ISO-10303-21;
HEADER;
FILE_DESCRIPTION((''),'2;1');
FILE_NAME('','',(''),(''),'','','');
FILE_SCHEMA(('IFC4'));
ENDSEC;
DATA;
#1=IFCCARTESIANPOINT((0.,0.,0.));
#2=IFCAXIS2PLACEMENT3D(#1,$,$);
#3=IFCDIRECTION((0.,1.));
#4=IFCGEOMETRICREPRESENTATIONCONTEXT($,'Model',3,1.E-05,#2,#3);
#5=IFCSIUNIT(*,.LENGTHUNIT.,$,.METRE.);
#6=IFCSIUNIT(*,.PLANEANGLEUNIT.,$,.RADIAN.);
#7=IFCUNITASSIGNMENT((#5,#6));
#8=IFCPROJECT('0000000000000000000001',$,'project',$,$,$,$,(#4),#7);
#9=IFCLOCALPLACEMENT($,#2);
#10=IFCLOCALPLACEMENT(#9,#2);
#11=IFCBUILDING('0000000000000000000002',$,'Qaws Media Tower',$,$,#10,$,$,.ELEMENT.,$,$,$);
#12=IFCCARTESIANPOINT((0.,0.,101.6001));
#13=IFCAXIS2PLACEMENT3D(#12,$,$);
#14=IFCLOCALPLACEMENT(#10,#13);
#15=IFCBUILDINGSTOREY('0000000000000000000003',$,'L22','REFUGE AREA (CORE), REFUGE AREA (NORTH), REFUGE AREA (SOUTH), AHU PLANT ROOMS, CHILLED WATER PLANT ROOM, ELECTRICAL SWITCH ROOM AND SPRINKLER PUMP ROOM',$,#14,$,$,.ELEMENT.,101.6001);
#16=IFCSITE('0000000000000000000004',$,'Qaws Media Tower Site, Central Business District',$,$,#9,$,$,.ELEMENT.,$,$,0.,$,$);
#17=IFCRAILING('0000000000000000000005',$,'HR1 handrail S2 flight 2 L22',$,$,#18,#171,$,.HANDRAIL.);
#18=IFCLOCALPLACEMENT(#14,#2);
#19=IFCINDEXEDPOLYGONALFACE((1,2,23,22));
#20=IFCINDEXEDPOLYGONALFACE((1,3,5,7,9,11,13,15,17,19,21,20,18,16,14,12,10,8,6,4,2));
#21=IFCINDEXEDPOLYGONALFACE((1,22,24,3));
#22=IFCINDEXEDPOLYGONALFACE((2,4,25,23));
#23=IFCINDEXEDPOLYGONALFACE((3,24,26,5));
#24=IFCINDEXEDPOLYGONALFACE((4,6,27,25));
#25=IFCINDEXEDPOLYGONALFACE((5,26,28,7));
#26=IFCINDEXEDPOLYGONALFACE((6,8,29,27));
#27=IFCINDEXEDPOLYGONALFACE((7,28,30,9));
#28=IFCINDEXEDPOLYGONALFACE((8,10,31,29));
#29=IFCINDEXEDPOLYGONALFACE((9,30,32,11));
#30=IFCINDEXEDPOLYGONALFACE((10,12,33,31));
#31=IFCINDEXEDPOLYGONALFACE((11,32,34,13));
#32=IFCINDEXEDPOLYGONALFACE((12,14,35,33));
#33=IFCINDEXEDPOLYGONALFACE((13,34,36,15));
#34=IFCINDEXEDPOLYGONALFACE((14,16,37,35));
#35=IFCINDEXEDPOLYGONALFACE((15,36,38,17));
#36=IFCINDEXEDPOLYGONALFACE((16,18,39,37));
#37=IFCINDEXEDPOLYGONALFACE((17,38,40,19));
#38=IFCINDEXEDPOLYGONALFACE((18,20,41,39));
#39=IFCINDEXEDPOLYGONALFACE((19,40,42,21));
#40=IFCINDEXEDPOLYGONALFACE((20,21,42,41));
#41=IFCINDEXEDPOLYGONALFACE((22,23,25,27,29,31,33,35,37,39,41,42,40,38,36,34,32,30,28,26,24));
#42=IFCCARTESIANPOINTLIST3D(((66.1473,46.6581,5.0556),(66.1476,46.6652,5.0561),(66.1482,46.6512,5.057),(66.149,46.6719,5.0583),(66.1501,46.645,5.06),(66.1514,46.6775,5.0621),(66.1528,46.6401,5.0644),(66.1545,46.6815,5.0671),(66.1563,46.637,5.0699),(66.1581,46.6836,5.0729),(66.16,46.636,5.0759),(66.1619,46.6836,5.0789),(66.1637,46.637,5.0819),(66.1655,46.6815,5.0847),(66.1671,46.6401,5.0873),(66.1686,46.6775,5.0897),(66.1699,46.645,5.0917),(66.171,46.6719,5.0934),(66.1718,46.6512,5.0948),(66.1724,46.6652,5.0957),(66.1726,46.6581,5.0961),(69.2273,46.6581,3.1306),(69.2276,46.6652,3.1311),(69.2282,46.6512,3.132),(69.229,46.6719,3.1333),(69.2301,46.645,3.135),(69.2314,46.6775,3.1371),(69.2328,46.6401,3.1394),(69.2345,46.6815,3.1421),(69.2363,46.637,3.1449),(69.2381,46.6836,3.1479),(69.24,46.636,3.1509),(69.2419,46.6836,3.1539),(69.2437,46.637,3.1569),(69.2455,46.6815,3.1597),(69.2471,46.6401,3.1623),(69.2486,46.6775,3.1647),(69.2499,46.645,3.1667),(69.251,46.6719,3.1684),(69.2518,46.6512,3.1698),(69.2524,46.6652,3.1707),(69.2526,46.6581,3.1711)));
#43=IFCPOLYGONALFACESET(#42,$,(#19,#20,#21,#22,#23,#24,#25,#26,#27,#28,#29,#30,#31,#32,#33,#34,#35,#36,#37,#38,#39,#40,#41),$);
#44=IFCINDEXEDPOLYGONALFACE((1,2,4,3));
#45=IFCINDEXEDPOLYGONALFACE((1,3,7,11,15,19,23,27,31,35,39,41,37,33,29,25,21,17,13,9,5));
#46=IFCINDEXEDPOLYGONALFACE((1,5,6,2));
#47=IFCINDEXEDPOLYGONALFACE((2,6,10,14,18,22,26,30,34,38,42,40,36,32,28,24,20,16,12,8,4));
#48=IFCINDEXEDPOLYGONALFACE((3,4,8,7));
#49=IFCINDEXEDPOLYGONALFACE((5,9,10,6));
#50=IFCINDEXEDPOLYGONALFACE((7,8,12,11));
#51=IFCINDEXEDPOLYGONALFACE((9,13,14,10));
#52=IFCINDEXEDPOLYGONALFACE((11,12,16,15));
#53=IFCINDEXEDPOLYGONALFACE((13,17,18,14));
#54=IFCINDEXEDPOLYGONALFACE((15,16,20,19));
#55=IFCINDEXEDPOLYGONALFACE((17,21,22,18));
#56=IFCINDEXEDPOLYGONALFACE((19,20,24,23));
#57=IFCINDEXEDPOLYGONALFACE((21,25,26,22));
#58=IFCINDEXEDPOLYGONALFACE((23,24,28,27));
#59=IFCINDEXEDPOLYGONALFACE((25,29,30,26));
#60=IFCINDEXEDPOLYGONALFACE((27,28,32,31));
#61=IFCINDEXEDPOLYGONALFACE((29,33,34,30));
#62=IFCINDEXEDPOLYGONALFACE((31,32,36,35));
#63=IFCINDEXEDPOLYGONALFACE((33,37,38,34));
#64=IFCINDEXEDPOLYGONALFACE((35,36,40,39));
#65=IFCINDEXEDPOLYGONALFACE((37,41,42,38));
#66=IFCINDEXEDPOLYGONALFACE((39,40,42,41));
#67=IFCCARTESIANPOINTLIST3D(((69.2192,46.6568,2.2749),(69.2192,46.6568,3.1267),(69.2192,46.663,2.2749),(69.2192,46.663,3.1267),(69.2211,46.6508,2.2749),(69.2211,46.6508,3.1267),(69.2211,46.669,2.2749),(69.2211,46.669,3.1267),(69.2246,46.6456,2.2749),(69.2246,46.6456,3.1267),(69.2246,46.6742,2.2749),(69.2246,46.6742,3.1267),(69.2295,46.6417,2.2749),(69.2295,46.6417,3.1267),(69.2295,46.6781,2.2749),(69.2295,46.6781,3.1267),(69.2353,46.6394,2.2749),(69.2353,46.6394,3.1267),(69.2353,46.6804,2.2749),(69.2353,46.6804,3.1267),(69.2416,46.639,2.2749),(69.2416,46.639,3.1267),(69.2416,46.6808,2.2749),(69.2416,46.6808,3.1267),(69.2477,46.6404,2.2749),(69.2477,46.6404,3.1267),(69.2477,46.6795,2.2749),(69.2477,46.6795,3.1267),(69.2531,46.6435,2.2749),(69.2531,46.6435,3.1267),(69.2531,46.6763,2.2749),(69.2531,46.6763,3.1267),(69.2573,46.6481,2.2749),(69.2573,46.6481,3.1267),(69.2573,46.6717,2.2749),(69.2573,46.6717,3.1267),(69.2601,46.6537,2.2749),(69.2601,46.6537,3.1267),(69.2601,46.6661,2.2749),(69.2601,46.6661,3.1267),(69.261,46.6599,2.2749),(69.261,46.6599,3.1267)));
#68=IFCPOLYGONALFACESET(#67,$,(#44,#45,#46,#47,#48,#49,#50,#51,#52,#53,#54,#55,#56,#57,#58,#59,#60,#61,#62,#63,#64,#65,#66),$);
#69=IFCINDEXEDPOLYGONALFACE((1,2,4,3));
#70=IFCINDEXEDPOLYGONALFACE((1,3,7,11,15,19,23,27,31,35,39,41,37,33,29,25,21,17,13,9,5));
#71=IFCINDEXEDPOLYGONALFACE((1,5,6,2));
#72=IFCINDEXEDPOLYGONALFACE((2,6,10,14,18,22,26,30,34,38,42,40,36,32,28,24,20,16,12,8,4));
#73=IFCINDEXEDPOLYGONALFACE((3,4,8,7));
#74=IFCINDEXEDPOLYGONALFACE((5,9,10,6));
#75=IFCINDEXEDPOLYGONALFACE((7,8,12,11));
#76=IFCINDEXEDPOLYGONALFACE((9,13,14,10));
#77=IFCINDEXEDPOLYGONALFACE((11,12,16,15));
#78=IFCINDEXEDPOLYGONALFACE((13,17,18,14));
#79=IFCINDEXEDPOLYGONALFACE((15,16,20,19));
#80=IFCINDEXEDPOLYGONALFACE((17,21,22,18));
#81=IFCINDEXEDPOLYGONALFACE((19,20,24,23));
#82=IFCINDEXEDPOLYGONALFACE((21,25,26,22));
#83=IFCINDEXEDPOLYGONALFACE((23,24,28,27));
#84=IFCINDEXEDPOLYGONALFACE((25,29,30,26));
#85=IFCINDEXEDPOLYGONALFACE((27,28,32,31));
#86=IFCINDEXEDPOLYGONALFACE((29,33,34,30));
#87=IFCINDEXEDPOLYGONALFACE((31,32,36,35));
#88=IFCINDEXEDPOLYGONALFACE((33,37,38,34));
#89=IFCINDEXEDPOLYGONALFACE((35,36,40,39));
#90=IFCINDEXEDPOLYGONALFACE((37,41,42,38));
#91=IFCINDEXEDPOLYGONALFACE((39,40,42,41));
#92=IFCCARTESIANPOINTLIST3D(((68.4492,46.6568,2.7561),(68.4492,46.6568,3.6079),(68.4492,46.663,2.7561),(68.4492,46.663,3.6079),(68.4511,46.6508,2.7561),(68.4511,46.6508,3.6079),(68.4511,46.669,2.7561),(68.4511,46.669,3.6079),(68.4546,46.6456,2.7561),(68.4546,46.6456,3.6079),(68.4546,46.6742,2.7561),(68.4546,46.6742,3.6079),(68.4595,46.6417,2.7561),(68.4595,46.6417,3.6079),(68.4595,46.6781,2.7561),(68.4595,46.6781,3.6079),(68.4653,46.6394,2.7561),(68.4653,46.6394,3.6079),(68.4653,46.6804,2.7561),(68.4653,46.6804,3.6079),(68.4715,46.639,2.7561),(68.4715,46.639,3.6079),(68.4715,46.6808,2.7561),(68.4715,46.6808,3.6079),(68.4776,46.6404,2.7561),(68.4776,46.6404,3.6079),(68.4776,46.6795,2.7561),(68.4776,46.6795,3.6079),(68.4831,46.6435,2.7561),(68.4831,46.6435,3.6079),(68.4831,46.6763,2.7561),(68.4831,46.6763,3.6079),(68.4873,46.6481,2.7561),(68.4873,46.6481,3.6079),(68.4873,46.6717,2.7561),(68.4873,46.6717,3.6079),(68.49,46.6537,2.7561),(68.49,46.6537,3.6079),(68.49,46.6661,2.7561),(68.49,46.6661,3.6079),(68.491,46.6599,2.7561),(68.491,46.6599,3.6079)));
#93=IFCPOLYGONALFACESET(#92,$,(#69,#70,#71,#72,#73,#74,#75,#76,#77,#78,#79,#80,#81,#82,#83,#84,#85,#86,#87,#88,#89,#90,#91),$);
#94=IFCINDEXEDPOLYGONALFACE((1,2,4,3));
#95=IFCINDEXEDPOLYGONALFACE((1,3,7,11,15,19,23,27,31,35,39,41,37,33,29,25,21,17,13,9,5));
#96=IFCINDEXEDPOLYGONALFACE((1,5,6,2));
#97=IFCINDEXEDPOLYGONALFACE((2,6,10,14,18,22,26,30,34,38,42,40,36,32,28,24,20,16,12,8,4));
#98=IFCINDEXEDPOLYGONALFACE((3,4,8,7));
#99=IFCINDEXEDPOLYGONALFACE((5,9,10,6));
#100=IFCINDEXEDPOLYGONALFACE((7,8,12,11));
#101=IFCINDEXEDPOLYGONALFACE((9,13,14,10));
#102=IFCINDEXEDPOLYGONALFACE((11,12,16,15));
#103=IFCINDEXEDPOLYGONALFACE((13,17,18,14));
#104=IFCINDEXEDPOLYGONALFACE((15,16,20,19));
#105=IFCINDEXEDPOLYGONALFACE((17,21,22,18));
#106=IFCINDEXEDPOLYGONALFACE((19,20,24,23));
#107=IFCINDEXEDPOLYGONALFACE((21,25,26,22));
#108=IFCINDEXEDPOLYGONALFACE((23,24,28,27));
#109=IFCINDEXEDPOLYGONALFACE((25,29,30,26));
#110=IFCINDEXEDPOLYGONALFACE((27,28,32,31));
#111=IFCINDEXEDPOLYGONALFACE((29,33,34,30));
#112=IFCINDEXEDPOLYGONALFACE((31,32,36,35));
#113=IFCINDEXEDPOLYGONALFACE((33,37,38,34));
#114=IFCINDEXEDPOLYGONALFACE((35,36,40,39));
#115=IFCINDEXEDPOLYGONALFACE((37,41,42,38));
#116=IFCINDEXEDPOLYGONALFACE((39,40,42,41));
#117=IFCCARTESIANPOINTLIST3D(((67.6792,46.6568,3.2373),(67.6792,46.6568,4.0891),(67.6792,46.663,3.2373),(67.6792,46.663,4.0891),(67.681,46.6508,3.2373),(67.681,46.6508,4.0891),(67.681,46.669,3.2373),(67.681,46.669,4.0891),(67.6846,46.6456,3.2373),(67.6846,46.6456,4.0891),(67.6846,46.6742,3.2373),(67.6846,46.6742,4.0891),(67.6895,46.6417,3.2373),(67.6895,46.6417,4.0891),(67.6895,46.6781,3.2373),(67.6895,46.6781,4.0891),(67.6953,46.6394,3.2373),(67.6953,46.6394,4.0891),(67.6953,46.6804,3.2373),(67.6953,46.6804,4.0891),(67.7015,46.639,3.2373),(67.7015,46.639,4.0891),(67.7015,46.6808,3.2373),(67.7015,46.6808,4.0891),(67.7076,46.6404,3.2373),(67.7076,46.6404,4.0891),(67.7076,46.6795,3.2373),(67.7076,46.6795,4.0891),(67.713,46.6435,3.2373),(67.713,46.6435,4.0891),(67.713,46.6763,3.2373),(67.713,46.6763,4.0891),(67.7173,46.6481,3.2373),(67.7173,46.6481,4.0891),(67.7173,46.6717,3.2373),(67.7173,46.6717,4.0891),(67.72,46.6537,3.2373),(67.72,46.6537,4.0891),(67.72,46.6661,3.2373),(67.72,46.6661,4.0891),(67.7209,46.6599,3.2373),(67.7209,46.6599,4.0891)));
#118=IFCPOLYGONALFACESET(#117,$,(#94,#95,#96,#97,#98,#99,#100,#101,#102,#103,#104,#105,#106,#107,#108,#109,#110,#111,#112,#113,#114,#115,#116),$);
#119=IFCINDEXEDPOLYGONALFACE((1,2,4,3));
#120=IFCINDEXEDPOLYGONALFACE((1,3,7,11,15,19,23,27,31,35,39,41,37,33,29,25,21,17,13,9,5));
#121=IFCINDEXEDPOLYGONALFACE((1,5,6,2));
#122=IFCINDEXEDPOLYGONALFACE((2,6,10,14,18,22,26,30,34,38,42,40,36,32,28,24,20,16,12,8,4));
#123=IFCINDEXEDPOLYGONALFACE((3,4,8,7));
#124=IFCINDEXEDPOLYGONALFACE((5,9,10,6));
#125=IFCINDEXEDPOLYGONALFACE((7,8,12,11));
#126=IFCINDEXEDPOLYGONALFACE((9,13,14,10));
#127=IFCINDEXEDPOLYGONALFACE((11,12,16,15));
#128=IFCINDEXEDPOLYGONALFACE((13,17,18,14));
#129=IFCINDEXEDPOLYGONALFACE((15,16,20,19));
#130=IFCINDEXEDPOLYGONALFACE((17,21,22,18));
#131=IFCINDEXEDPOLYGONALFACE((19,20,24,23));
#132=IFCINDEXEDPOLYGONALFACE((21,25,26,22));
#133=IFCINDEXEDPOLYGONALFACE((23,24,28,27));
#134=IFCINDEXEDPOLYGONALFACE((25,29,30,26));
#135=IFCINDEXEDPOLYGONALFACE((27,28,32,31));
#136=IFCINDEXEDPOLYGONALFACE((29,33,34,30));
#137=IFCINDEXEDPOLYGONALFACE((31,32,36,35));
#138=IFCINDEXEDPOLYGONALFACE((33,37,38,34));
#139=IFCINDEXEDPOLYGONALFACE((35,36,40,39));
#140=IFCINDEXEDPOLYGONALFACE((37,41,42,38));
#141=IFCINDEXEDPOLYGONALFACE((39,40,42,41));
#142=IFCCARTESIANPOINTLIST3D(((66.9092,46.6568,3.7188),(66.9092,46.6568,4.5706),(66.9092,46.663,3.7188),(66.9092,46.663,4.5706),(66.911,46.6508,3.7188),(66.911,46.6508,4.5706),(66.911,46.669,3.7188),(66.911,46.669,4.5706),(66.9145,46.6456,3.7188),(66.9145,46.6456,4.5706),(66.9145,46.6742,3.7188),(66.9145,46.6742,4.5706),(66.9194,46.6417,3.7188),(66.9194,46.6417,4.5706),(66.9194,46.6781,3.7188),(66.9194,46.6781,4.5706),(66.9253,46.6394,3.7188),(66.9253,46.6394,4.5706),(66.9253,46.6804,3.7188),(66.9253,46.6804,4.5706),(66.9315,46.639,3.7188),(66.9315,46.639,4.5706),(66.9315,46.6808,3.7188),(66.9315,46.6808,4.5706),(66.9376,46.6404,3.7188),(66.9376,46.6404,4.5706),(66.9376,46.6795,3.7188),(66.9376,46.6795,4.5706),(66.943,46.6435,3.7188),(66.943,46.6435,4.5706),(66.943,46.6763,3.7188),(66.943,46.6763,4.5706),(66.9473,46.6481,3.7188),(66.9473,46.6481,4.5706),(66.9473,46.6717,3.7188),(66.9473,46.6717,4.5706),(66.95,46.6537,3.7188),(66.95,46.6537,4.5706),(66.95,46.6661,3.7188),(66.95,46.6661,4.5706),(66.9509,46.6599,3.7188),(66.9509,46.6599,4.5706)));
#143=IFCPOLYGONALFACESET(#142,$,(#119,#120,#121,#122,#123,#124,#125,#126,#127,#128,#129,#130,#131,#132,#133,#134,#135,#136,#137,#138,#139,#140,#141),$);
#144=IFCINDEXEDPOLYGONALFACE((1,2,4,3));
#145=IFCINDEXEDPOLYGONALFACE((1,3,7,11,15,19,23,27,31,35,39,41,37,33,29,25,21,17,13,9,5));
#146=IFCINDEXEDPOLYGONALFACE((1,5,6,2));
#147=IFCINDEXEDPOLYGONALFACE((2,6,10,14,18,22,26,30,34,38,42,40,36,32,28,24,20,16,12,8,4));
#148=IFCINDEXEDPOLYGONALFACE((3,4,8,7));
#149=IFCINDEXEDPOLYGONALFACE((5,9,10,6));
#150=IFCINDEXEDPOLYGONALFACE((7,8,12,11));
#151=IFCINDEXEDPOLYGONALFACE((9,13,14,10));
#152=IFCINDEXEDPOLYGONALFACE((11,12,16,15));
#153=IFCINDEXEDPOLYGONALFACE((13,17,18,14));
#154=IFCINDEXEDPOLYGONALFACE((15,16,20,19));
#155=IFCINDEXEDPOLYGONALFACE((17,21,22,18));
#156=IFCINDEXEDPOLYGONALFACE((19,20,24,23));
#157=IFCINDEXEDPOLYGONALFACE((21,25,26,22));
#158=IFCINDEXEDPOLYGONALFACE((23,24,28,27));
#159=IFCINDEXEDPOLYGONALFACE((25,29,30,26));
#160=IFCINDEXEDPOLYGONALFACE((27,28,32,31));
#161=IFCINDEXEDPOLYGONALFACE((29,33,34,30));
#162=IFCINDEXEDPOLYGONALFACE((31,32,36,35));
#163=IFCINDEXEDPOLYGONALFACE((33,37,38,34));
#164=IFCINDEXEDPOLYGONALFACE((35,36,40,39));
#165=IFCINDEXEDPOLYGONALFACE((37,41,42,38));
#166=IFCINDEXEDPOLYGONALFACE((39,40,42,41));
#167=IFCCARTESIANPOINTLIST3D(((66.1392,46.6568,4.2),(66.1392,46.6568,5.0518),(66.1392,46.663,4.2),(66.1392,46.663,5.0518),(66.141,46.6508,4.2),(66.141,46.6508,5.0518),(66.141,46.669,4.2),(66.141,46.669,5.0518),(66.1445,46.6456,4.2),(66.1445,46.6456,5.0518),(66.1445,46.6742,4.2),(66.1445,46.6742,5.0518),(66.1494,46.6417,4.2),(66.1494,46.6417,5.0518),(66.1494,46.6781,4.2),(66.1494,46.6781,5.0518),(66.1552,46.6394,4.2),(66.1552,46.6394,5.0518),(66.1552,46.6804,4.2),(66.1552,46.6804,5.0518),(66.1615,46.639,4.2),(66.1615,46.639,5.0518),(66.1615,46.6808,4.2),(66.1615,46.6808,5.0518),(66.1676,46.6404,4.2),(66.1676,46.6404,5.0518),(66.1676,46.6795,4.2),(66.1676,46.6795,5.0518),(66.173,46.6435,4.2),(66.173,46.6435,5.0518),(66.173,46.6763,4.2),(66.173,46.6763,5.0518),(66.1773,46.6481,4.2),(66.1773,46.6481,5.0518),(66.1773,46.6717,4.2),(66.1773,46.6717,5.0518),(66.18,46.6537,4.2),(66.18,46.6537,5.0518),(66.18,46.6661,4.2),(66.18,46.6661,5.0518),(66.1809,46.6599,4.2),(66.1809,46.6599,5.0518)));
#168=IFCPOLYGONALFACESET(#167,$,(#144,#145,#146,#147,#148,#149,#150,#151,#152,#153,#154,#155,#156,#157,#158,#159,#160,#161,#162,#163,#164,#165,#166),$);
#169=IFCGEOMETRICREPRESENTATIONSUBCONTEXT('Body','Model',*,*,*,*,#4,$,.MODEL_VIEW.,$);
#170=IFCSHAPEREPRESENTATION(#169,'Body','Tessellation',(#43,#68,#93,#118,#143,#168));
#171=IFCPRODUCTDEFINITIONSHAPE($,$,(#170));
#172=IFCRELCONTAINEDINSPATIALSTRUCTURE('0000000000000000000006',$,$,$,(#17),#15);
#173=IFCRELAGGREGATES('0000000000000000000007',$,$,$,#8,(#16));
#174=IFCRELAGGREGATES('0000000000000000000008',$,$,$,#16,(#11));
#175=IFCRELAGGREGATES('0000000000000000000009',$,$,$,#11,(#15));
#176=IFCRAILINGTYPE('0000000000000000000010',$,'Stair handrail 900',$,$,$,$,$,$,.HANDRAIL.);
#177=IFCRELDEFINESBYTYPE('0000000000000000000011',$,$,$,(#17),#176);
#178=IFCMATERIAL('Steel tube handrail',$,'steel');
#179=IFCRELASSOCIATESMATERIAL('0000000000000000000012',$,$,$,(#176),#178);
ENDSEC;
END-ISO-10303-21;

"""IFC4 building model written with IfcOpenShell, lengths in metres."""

from ifc_helpers import new_model, si_unit, direction, frame, origin, origin_2d, place, context, subcontext, project, spatial, circle, extrude, material, type_object, element, save


model = new_model("IFC4")

# Units and contexts
model_context = context("Model", 3, precision=1e-05, world=origin(), true_north=direction((0.0, 1.0)))
body_context = subcontext(model_context, "Body", "Model", "MODEL_VIEW")
ifc_project = project(units=[si_unit("LENGTHUNIT", "METRE"), si_unit("PLANEANGLEUNIT", "RADIAN")], contexts=[model_context])

# Site, building, storey
site_placement = place(None, origin())
site = spatial("IfcSite", under=ifc_project, at=site_placement, Name="Qaws Media Tower Site, Central Business District", CompositionType="ELEMENT", RefElevation=0.0)
building_placement = place(site_placement, origin())
building = spatial("IfcBuilding", under=site, at=building_placement, Name="Qaws Media Tower", CompositionType="ELEMENT")
storey_placement = place(building_placement, frame((0.0, 0.0, 101.6001)))
storey = spatial("IfcBuildingStorey", under=building, at=storey_placement, Name="L22", Description="REFUGE AREA (CORE), REFUGE AREA (NORTH), REFUGE AREA (SOUTH), AHU PLANT ROOMS, CHILLED WATER PLANT ROOM, ELECTRICAL SWITCH ROOM AND SPRINKLER PUMP ROOM", CompositionType="ELEMENT", Elevation=101.6001)

# Railing
ifc_material_1 = material(Name="Steel tube handrail", Category="steel")
railing_type = type_object("IfcRailingType", Name="Stair handrail 900", PredefinedType="HANDRAIL", material=ifc_material_1)
railing_placement = place(storey_placement, frame((69.24, 46.6599, 2.2749)))
element("IfcRailing", 1, at=railing_placement, inside=storey, type_object=railing_type, Name="HR1 handrail S2 flight 2 L22", PredefinedType="HANDRAIL", context=body_context, shape_type="SweptSolid", body=[
    extrude(circle(Radius=0.0239, at=origin_2d()), frame((0.0, 0.0, 0.876), z_axis=(-0.847998, 0.0, 0.529999), x_axis=(0.0, -1.0, 0.0)), (0.0, 0.0, 1.0), 3.6321),
    extrude(circle(Radius=0.021, at=origin_2d()), origin(), (0.0, 0.0, 1.0), 0.8518),
    extrude(circle(Radius=0.021, at=origin_2d()), frame((-0.77, 0.0, 0.4812)), (0.0, 0.0, 1.0), 0.8518),
    extrude(circle(Radius=0.021, at=origin_2d()), frame((-1.54, 0.0, 0.9624)), (0.0, 0.0, 1.0), 0.8518),
    extrude(circle(Radius=0.021, at=origin_2d()), frame((-2.3101, 0.0, 1.4438)), (0.0, 0.0, 1.0), 0.8518),
    extrude(circle(Radius=0.021, at=origin_2d()), frame((-3.0801, 0.0, 1.925)), (0.0, 0.0, 1.0), 0.8518),
])

save(model, "model.ifc")
